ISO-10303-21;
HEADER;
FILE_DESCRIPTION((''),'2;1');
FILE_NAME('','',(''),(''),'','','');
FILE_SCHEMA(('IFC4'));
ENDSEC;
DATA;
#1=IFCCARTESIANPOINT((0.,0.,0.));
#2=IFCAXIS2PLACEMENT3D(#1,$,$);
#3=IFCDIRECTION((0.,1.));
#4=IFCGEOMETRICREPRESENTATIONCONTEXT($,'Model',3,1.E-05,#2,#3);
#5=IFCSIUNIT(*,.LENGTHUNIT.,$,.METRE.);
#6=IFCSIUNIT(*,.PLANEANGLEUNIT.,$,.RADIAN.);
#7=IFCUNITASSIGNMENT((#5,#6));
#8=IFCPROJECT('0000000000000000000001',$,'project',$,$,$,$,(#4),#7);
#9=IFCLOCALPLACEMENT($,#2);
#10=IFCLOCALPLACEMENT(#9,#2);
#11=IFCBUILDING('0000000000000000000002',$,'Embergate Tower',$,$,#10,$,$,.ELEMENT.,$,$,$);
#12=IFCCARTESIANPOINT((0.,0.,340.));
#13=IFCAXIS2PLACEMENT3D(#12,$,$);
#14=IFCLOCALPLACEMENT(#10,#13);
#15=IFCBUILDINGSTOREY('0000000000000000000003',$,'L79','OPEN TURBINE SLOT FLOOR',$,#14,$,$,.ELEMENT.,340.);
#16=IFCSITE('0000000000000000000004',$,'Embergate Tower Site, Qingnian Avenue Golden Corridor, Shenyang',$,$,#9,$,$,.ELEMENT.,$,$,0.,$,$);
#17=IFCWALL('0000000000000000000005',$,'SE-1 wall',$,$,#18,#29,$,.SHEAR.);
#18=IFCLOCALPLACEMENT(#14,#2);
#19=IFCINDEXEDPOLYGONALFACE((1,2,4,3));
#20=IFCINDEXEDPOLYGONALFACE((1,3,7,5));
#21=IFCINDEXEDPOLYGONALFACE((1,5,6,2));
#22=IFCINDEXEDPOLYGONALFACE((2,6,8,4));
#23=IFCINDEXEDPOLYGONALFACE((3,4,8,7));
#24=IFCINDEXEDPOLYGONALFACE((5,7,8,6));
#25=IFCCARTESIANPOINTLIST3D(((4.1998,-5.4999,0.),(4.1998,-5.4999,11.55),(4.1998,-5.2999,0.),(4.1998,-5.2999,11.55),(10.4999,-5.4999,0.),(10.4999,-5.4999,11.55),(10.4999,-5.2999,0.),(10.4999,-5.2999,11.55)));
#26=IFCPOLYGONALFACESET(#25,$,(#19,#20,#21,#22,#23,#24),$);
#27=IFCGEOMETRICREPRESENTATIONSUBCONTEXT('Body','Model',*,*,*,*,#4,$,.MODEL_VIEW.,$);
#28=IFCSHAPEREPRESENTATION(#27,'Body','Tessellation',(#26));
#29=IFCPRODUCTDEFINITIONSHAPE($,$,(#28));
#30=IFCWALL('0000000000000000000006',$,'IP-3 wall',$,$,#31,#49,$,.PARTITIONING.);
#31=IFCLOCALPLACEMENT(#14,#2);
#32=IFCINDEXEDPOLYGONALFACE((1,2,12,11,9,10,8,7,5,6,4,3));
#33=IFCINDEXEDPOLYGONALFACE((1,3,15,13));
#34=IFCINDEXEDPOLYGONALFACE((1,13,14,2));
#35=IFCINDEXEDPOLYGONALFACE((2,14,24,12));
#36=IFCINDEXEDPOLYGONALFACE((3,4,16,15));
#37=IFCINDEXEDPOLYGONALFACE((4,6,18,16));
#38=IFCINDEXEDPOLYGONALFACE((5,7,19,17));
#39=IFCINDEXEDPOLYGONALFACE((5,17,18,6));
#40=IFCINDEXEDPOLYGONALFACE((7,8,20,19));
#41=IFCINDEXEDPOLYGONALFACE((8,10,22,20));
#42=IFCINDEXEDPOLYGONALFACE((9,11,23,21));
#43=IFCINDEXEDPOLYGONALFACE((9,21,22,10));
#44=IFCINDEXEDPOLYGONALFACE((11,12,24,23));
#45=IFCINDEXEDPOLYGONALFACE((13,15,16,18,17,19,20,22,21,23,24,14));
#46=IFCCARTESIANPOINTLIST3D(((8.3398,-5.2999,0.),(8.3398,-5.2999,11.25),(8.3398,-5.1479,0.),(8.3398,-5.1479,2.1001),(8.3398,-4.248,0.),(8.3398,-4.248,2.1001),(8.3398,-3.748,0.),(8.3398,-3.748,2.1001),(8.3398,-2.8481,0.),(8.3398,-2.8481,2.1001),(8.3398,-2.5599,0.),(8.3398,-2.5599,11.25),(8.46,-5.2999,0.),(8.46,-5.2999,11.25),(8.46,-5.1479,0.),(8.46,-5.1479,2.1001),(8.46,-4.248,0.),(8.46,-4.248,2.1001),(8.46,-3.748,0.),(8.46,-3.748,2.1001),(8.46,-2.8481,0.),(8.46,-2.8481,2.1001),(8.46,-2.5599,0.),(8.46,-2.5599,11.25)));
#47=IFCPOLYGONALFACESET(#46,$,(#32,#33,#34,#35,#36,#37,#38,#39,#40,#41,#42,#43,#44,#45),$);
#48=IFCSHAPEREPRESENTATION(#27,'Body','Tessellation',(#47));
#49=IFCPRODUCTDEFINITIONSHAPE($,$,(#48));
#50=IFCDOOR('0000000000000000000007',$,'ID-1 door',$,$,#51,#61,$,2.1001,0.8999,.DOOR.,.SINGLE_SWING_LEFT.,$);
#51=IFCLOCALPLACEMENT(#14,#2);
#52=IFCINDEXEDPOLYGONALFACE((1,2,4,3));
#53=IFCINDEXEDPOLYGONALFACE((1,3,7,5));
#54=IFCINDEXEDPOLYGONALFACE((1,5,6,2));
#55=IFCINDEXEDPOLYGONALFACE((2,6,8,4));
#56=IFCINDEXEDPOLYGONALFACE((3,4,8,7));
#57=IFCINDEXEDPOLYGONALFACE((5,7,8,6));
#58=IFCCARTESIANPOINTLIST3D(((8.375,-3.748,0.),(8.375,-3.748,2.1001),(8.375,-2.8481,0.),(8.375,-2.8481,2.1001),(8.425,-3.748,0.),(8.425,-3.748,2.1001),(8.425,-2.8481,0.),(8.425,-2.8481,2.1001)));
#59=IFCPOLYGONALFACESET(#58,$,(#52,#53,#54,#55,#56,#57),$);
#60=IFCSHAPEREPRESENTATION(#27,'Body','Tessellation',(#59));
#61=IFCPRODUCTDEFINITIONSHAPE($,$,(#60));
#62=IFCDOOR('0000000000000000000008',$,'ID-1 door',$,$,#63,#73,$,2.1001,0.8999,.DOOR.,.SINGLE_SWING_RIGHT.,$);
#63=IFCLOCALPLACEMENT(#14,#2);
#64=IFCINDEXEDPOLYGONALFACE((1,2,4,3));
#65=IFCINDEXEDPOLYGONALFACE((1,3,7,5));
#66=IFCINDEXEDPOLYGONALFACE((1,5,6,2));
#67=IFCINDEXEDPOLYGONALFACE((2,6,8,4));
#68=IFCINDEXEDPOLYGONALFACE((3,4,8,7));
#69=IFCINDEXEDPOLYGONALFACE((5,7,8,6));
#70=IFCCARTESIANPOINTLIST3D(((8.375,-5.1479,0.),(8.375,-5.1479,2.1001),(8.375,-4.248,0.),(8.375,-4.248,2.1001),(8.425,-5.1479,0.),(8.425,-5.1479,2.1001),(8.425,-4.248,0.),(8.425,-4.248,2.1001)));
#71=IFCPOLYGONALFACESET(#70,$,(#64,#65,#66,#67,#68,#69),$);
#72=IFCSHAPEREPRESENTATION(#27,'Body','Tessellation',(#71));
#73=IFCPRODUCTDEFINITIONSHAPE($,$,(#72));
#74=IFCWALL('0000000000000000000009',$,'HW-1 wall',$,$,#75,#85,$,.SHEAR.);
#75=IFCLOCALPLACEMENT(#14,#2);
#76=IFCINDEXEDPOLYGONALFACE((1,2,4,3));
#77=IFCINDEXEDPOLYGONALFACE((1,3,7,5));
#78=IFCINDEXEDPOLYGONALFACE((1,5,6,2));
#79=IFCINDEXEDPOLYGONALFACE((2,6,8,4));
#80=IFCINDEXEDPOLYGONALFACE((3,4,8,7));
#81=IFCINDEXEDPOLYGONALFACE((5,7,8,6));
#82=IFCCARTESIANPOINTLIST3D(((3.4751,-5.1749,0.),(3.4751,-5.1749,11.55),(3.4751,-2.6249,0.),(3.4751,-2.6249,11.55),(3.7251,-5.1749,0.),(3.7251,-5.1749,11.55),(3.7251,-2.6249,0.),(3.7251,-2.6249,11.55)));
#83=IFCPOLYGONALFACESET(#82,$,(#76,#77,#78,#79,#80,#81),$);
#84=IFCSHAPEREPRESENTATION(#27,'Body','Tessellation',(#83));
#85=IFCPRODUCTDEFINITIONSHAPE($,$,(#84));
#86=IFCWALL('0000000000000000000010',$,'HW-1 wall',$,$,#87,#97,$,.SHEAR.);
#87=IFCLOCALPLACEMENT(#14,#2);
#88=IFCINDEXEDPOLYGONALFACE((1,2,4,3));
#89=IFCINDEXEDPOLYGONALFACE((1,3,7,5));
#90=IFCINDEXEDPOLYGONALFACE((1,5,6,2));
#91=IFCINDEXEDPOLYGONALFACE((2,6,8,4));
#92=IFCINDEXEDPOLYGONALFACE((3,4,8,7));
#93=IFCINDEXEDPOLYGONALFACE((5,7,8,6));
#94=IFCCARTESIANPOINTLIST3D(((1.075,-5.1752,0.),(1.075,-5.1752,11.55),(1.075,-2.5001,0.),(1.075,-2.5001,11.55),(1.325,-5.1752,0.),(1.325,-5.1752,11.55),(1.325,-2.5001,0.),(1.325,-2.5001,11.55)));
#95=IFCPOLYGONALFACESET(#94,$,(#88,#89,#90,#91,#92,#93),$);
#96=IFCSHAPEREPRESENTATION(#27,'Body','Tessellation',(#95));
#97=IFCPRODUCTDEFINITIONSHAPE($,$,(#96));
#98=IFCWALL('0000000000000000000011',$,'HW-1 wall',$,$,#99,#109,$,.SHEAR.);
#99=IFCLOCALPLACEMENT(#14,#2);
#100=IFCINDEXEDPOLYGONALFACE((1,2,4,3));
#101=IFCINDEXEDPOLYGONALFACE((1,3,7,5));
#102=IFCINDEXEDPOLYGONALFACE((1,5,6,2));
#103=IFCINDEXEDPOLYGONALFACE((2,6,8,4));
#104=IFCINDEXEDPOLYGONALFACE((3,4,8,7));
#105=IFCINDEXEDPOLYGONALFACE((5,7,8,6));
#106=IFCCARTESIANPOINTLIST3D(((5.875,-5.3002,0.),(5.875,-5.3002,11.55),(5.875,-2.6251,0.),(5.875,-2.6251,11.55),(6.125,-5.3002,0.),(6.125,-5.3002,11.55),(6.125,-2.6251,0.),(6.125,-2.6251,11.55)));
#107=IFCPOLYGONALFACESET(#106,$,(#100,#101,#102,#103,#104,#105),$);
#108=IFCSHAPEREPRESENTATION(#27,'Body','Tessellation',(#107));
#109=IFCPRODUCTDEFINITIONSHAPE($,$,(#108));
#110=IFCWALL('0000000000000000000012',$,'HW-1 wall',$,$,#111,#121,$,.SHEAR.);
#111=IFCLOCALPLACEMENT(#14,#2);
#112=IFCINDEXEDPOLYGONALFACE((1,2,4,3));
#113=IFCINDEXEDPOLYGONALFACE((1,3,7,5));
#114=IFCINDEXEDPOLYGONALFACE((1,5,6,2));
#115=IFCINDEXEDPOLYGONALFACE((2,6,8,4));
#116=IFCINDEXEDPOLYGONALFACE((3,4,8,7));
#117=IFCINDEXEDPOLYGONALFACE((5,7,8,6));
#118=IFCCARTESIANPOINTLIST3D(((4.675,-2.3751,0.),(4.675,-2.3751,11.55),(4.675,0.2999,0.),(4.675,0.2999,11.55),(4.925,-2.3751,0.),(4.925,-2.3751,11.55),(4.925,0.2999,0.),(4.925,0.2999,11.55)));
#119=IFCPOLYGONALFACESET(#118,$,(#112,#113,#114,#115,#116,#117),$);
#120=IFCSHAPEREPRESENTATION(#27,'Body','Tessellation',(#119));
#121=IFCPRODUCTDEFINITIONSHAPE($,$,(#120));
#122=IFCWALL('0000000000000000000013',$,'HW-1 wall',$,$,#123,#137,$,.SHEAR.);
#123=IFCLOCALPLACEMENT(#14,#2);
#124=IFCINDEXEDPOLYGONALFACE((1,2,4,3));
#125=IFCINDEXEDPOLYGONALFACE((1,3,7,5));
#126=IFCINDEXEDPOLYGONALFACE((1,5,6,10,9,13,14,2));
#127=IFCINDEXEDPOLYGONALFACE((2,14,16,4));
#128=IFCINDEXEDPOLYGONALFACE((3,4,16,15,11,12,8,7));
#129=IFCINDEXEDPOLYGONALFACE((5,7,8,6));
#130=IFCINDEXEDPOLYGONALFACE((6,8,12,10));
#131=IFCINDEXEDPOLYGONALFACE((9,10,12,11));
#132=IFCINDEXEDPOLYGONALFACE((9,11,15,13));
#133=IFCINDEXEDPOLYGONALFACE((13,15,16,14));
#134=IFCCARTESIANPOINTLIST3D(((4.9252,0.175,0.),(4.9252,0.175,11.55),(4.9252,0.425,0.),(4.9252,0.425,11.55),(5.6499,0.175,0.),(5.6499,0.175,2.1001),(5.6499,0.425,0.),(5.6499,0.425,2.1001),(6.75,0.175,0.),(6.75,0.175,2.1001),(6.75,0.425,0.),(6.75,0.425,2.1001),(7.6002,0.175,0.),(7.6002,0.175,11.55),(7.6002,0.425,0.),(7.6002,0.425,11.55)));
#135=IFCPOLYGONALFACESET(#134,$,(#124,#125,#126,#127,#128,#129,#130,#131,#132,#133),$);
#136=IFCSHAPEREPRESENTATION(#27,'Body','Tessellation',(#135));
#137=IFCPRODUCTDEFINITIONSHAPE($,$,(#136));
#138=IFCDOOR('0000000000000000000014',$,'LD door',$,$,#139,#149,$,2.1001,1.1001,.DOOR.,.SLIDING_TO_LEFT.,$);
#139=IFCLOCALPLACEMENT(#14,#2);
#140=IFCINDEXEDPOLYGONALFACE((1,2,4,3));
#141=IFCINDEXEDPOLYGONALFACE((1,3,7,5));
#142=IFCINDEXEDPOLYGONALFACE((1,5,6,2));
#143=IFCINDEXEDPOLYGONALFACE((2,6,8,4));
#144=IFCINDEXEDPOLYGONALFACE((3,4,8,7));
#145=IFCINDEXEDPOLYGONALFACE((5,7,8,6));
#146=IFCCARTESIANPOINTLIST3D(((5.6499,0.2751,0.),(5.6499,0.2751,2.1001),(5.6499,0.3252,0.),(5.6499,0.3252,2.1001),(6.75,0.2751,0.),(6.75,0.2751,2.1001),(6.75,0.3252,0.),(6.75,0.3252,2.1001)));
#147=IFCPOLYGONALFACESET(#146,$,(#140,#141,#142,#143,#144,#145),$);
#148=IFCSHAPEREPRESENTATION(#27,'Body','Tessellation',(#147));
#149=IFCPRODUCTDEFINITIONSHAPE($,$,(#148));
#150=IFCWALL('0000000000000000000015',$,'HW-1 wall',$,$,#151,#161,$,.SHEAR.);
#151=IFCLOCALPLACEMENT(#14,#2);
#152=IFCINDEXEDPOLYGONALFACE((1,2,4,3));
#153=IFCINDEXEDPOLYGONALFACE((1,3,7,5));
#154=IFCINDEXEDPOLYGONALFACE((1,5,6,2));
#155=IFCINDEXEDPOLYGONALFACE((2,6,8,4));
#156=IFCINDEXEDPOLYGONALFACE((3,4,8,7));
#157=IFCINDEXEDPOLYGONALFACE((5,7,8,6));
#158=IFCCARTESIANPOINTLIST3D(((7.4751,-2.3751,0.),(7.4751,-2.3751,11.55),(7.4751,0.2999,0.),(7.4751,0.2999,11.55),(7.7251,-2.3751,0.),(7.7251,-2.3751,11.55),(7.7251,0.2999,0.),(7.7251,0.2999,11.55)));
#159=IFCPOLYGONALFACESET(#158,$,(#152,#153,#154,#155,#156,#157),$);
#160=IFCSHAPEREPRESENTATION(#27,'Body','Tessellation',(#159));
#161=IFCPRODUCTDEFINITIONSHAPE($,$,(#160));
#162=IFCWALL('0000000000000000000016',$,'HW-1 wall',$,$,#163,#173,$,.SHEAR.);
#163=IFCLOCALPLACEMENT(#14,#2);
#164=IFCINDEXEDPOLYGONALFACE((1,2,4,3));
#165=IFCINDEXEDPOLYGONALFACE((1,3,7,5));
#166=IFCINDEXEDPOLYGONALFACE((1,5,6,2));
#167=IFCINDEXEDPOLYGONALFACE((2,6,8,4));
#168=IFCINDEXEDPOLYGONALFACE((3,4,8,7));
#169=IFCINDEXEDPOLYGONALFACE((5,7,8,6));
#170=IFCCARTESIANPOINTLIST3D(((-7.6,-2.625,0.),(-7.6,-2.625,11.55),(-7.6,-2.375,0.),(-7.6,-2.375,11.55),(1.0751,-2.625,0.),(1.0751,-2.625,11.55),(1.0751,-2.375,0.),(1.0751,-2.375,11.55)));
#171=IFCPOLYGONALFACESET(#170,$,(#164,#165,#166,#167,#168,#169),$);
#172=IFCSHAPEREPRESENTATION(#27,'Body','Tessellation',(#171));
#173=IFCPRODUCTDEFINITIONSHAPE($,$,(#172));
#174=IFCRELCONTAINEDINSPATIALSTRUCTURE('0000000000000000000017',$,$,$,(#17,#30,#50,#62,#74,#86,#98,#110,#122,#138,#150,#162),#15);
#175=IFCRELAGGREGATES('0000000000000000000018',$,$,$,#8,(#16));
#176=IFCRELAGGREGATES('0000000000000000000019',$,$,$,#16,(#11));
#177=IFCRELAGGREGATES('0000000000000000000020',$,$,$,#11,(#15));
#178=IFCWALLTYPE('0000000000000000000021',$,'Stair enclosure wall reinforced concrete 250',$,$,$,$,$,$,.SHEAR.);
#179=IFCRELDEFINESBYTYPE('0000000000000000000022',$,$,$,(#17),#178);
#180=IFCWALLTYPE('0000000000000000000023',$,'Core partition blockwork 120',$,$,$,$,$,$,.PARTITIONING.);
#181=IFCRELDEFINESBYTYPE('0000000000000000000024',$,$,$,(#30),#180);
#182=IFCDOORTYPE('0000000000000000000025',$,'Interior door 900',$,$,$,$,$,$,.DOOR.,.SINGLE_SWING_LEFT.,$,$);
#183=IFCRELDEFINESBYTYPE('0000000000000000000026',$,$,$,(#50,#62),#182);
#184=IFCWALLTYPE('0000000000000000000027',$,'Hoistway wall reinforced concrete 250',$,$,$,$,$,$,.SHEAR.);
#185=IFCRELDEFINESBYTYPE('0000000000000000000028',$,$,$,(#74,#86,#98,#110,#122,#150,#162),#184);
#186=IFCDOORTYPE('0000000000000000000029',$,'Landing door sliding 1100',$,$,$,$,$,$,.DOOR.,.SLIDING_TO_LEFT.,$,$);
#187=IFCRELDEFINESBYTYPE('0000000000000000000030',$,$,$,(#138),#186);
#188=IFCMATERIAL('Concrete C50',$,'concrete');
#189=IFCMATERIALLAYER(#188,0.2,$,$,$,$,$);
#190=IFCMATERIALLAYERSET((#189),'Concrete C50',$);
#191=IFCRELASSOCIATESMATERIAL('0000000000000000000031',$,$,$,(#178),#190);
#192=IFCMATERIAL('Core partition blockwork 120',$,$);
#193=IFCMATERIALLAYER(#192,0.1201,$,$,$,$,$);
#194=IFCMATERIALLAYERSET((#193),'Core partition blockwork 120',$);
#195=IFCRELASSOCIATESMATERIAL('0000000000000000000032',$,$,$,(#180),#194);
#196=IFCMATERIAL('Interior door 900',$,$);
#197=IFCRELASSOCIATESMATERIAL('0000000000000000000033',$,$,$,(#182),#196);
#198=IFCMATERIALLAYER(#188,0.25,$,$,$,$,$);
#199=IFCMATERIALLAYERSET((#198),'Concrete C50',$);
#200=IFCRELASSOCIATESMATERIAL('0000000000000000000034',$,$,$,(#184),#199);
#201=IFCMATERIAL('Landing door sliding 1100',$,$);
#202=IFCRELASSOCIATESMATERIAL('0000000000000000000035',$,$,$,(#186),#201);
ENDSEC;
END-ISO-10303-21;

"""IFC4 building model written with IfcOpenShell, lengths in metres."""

from ifc_helpers import new_model, si_unit, direction, frame, frame_2d, origin, place, context, subcontext, project, spatial, rectangle, extrude, source, transform, mapped, material, layer, layer_set, type_object, element, fill, save


model = new_model("IFC4")

# Units and contexts
model_context = context("Model", 3, precision=1e-05, world=origin(), true_north=direction((0.0, 1.0)))
body_context = subcontext(model_context, "Body", "Model", "MODEL_VIEW")
ifc_project = project(units=[si_unit("LENGTHUNIT", "METRE"), si_unit("PLANEANGLEUNIT", "RADIAN")], contexts=[model_context])

# Site, building, storey
site_placement = place(None, origin())
site = spatial("IfcSite", under=ifc_project, at=site_placement, Name="Embergate Tower Site, Qingnian Avenue Golden Corridor, Shenyang", CompositionType="ELEMENT", RefElevation=0.0)
building_placement = place(site_placement, origin())
building = spatial("IfcBuilding", under=site, at=building_placement, Name="Embergate Tower", CompositionType="ELEMENT")
storey_placement = place(building_placement, frame((0.0, 0.0, 340.0)))
storey = spatial("IfcBuildingStorey", under=building, at=storey_placement, Name="L79", Description="OPEN TURBINE SLOT FLOOR", CompositionType="ELEMENT", Elevation=340.0)

# Wall
ifc_material_1 = material(Name="Concrete C50", Category="concrete")
ifc_layer_1 = layer(ifc_material_1, 0.2)
ifc_layer_set_1 = layer_set([ifc_layer_1], Name="Concrete C50")
wall_type_1 = type_object("IfcWallType", Name="Stair enclosure wall reinforced concrete 250", PredefinedType="SHEAR", material=ifc_layer_set_1)
shared_shape_1 = source(origin(), body_context, "Body", "SweptSolid", [
    extrude(rectangle(XDim=6.3, YDim=0.2, at=frame_2d((3.1499, 0.0))), origin(), (0.0, 0.0, 1.0), 11.55),
])
wall_1_placement = place(storey_placement, frame((4.2, -5.3999, 0.0), z_axis=(0.0, 0.0, 1.0), x_axis=(1.0, 0.0, 0.0)))
element("IfcWall", 1, at=wall_1_placement, inside=storey, type_object=wall_type_1, Name="SE-1 wall", PredefinedType="SHEAR", context=body_context, shape_type="MappedRepresentation", body=[
    mapped(shared_shape_1, transform((0.0, 0.0, 0.0))),
])

# Wall, openings, doors
ifc_material_2 = material(Name="Core partition blockwork 120")
ifc_layer_2 = layer(ifc_material_2, 0.1201)
ifc_layer_set_2 = layer_set([ifc_layer_2], Name="Core partition blockwork 120")
wall_type_2 = type_object("IfcWallType", Name="Core partition blockwork 120", PredefinedType="PARTITIONING", material=ifc_layer_set_2)
shared_shape_2 = source(origin(), body_context, "Body", "SweptSolid", [
    extrude(rectangle(XDim=2.74, YDim=0.1201, at=frame_2d((1.3701, 0.0))), origin(), (0.0, 0.0, 1.0), 11.25),
])
wall_2_placement = place(storey_placement, frame((8.3999, -5.3, 0.0), z_axis=(0.0, 0.0, 1.0), x_axis=(0.0, 1.0, 0.0)))
wall_2 = element("IfcWall", 2, at=wall_2_placement, inside=storey, type_object=wall_type_2, Name="IP-3 wall", PredefinedType="PARTITIONING", context=body_context, shape_type="MappedRepresentation", body=[
    mapped(shared_shape_2, transform((0.0, 0.0, 0.0))),
])
shared_shape_3 = source(origin(), body_context, "Body", "SweptSolid", [
    extrude(rectangle(XDim=0.8999, YDim=2.1001, at=frame_2d((0.45, 1.05))), frame((0.0, 0.0701, 0.0), z_axis=(0.0, -1.0, 0.0), x_axis=(1.0, 0.0, 0.0)), (0.0, 0.0, 1.0), 0.1401),
])
opening_1_placement = place(wall_2_placement, frame((1.552, 0.0, 0.0)))
opening_1 = element("IfcOpeningElement", 3, at=opening_1_placement, cuts=wall_2, PredefinedType="OPENING", context=body_context, shape_type="MappedRepresentation", body=[
    mapped(shared_shape_3, transform((0.0, 0.0, 0.0))),
])
opening_2_placement = place(wall_2_placement, frame((0.1521, 0.0, 0.0)))
opening_2 = element("IfcOpeningElement", 4, at=opening_2_placement, cuts=wall_2, PredefinedType="OPENING", context=body_context, shape_type="MappedRepresentation", body=[
    mapped(shared_shape_3, transform((0.0, 0.0, 0.0))),
])
ifc_material_3 = material(Name="Interior door 900")
door_type_1 = type_object("IfcDoorType", Name="Interior door 900", OperationType="SINGLE_SWING_LEFT", PredefinedType="DOOR", material=ifc_material_3)
shared_shape_4 = source(origin(), body_context, "Body", "SweptSolid", [
    extrude(rectangle(XDim=0.8999, YDim=2.1001, at=frame_2d((0.45, 1.05))), frame((0.0, 0.0249, 0.0), z_axis=(0.0, -1.0, 0.0), x_axis=(1.0, 0.0, 0.0)), (0.0, 0.0, 1.0), 0.05),
])
door_1_placement = place(opening_1_placement, origin())
door_1 = element("IfcDoor", 5, at=door_1_placement, inside=storey, type_object=door_type_1, Name="ID-1 door", OperationType="SINGLE_SWING_LEFT", OverallHeight=2.1001, OverallWidth=0.8999, PredefinedType="DOOR", context=body_context, shape_type="MappedRepresentation", body=[
    mapped(shared_shape_4, transform((0.0, 0.0, 0.0))),
])
fill(opening_1, door_1)
door_2_placement = place(opening_2_placement, origin())
door_2 = element("IfcDoor", 6, at=door_2_placement, inside=storey, type_object=door_type_1, Name="ID-1 door", OperationType="SINGLE_SWING_RIGHT", OverallHeight=2.1001, OverallWidth=0.8999, PredefinedType="DOOR", context=body_context, shape_type="MappedRepresentation", body=[
    mapped(shared_shape_4, transform((0.0, 0.0, 0.0))),
])
fill(opening_2, door_2)

# Walls
ifc_layer_3 = layer(ifc_material_1, 0.25)
ifc_layer_set_3 = layer_set([ifc_layer_3], Name="Concrete C50")
wall_type_3 = type_object("IfcWallType", Name="Hoistway wall reinforced concrete 250", PredefinedType="SHEAR", material=ifc_layer_set_3)
shared_shape_5 = source(origin(), body_context, "Body", "SweptSolid", [
    extrude(rectangle(XDim=2.55, YDim=0.25, at=frame_2d((1.2749, 0.0))), origin(), (0.0, 0.0, 1.0), 11.55),
])
wall_3_placement = place(storey_placement, frame((3.6001, -2.625, 0.0), z_axis=(0.0, 0.0, 1.0), x_axis=(0.0, -1.0, 0.0)))
element("IfcWall", 7, at=wall_3_placement, inside=storey, type_object=wall_type_3, Name="HW-1 wall", PredefinedType="SHEAR", context=body_context, shape_type="MappedRepresentation", body=[
    mapped(shared_shape_5, transform((0.0, 0.0, 0.0))),
])
shared_shape_6 = source(origin(), body_context, "Body", "SweptSolid", [
    extrude(rectangle(XDim=2.675, YDim=0.25, at=frame_2d((1.3374, 0.0))), origin(), (0.0, 0.0, 1.0), 11.55),
])
for number, where, z_axis, x_axis, name in (
    (8, (1.2, -5.175, 0.0), (0.0, 0.0, 1.0), (0.0, 1.0, 0.0), "HW-1 wall"),
    (9, (6.0, -5.3, 0.0), (0.0, 0.0, 1.0), (0.0, 1.0, 0.0), "HW-1 wall"),
    (10, (4.8, -2.375, 0.0), (0.0, 0.0, 1.0), (0.0, 1.0, 0.0), "HW-1 wall"),
):
    element("IfcWall", number, at=place(storey_placement, frame(where, z_axis=z_axis, x_axis=x_axis)), inside=storey, type_object=wall_type_3, Name=name, PredefinedType="SHEAR", context=body_context, shape_type="MappedRepresentation", body=[
        mapped(shared_shape_6, transform((0.0, 0.0, 0.0))),
    ])

# Wall, opening, door
wall_4_placement = place(storey_placement, frame((7.6001, 0.3, 0.0), z_axis=(0.0, 0.0, 1.0), x_axis=(-1.0, 0.0, 0.0)))
wall_4 = element("IfcWall", 11, at=wall_4_placement, inside=storey, type_object=wall_type_3, Name="HW-1 wall", PredefinedType="SHEAR", context=body_context, shape_type="MappedRepresentation", body=[
    mapped(shared_shape_6, transform((0.0, 0.0, 0.0))),
])
shared_shape_7 = source(origin(), body_context, "Body", "SweptSolid", [
    extrude(rectangle(XDim=1.1001, YDim=2.1001, at=frame_2d((0.55, 1.05))), frame((0.0, 0.135, 0.0), z_axis=(0.0, -1.0, 0.0), x_axis=(1.0, 0.0, 0.0)), (0.0, 0.0, 1.0), 0.27),
])
opening_3_placement = place(wall_4_placement, frame((0.8501, 0.0, 0.0)))
opening_3 = element("IfcOpeningElement", 12, at=opening_3_placement, cuts=wall_4, PredefinedType="OPENING", context=body_context, shape_type="MappedRepresentation", body=[
    mapped(shared_shape_7, transform((0.0, 0.0, 0.0))),
])
ifc_material_4 = material(Name="Landing door sliding 1100")
door_type_2 = type_object("IfcDoorType", Name="Landing door sliding 1100", OperationType="SLIDING_TO_LEFT", PredefinedType="DOOR", material=ifc_material_4)
shared_shape_8 = source(origin(), body_context, "Body", "SweptSolid", [
    extrude(rectangle(XDim=1.1001, YDim=2.1001, at=frame_2d((0.55, 1.05))), frame((0.0, 0.0249, 0.0), z_axis=(0.0, -1.0, 0.0), x_axis=(1.0, 0.0, 0.0)), (0.0, 0.0, 1.0), 0.05),
])
door_3_placement = place(opening_3_placement, origin())
door_3 = element("IfcDoor", 13, at=door_3_placement, inside=storey, type_object=door_type_2, Name="LD door", OperationType="SLIDING_TO_LEFT", OverallHeight=2.1001, OverallWidth=1.1001, PredefinedType="DOOR", context=body_context, shape_type="MappedRepresentation", body=[
    mapped(shared_shape_8, transform((0.0, 0.0, 0.0))),
])
fill(opening_3, door_3)

# Walls
wall_5_placement = place(storey_placement, frame((7.6001, -2.375, 0.0), z_axis=(0.0, 0.0, 1.0), x_axis=(0.0, 1.0, 0.0)))
element("IfcWall", 14, at=wall_5_placement, inside=storey, type_object=wall_type_3, Name="HW-1 wall", PredefinedType="SHEAR", context=body_context, shape_type="MappedRepresentation", body=[
    mapped(shared_shape_6, transform((0.0, 0.0, 0.0))),
])
shared_shape_9 = source(origin(), body_context, "Body", "SweptSolid", [
    extrude(rectangle(XDim=8.675, YDim=0.25, at=frame_2d((4.3374, 0.0))), origin(), (0.0, 0.0, 1.0), 11.55),
])
wall_6_placement = place(storey_placement, frame((1.075, -2.5, 0.0), z_axis=(0.0, 0.0, 1.0), x_axis=(-1.0, 0.0, 0.0)))
element("IfcWall", 15, at=wall_6_placement, inside=storey, type_object=wall_type_3, Name="HW-1 wall", PredefinedType="SHEAR", context=body_context, shape_type="MappedRepresentation", body=[
    mapped(shared_shape_9, transform((0.0, 0.0, 0.0))),
])

save(model, "model.ifc")
